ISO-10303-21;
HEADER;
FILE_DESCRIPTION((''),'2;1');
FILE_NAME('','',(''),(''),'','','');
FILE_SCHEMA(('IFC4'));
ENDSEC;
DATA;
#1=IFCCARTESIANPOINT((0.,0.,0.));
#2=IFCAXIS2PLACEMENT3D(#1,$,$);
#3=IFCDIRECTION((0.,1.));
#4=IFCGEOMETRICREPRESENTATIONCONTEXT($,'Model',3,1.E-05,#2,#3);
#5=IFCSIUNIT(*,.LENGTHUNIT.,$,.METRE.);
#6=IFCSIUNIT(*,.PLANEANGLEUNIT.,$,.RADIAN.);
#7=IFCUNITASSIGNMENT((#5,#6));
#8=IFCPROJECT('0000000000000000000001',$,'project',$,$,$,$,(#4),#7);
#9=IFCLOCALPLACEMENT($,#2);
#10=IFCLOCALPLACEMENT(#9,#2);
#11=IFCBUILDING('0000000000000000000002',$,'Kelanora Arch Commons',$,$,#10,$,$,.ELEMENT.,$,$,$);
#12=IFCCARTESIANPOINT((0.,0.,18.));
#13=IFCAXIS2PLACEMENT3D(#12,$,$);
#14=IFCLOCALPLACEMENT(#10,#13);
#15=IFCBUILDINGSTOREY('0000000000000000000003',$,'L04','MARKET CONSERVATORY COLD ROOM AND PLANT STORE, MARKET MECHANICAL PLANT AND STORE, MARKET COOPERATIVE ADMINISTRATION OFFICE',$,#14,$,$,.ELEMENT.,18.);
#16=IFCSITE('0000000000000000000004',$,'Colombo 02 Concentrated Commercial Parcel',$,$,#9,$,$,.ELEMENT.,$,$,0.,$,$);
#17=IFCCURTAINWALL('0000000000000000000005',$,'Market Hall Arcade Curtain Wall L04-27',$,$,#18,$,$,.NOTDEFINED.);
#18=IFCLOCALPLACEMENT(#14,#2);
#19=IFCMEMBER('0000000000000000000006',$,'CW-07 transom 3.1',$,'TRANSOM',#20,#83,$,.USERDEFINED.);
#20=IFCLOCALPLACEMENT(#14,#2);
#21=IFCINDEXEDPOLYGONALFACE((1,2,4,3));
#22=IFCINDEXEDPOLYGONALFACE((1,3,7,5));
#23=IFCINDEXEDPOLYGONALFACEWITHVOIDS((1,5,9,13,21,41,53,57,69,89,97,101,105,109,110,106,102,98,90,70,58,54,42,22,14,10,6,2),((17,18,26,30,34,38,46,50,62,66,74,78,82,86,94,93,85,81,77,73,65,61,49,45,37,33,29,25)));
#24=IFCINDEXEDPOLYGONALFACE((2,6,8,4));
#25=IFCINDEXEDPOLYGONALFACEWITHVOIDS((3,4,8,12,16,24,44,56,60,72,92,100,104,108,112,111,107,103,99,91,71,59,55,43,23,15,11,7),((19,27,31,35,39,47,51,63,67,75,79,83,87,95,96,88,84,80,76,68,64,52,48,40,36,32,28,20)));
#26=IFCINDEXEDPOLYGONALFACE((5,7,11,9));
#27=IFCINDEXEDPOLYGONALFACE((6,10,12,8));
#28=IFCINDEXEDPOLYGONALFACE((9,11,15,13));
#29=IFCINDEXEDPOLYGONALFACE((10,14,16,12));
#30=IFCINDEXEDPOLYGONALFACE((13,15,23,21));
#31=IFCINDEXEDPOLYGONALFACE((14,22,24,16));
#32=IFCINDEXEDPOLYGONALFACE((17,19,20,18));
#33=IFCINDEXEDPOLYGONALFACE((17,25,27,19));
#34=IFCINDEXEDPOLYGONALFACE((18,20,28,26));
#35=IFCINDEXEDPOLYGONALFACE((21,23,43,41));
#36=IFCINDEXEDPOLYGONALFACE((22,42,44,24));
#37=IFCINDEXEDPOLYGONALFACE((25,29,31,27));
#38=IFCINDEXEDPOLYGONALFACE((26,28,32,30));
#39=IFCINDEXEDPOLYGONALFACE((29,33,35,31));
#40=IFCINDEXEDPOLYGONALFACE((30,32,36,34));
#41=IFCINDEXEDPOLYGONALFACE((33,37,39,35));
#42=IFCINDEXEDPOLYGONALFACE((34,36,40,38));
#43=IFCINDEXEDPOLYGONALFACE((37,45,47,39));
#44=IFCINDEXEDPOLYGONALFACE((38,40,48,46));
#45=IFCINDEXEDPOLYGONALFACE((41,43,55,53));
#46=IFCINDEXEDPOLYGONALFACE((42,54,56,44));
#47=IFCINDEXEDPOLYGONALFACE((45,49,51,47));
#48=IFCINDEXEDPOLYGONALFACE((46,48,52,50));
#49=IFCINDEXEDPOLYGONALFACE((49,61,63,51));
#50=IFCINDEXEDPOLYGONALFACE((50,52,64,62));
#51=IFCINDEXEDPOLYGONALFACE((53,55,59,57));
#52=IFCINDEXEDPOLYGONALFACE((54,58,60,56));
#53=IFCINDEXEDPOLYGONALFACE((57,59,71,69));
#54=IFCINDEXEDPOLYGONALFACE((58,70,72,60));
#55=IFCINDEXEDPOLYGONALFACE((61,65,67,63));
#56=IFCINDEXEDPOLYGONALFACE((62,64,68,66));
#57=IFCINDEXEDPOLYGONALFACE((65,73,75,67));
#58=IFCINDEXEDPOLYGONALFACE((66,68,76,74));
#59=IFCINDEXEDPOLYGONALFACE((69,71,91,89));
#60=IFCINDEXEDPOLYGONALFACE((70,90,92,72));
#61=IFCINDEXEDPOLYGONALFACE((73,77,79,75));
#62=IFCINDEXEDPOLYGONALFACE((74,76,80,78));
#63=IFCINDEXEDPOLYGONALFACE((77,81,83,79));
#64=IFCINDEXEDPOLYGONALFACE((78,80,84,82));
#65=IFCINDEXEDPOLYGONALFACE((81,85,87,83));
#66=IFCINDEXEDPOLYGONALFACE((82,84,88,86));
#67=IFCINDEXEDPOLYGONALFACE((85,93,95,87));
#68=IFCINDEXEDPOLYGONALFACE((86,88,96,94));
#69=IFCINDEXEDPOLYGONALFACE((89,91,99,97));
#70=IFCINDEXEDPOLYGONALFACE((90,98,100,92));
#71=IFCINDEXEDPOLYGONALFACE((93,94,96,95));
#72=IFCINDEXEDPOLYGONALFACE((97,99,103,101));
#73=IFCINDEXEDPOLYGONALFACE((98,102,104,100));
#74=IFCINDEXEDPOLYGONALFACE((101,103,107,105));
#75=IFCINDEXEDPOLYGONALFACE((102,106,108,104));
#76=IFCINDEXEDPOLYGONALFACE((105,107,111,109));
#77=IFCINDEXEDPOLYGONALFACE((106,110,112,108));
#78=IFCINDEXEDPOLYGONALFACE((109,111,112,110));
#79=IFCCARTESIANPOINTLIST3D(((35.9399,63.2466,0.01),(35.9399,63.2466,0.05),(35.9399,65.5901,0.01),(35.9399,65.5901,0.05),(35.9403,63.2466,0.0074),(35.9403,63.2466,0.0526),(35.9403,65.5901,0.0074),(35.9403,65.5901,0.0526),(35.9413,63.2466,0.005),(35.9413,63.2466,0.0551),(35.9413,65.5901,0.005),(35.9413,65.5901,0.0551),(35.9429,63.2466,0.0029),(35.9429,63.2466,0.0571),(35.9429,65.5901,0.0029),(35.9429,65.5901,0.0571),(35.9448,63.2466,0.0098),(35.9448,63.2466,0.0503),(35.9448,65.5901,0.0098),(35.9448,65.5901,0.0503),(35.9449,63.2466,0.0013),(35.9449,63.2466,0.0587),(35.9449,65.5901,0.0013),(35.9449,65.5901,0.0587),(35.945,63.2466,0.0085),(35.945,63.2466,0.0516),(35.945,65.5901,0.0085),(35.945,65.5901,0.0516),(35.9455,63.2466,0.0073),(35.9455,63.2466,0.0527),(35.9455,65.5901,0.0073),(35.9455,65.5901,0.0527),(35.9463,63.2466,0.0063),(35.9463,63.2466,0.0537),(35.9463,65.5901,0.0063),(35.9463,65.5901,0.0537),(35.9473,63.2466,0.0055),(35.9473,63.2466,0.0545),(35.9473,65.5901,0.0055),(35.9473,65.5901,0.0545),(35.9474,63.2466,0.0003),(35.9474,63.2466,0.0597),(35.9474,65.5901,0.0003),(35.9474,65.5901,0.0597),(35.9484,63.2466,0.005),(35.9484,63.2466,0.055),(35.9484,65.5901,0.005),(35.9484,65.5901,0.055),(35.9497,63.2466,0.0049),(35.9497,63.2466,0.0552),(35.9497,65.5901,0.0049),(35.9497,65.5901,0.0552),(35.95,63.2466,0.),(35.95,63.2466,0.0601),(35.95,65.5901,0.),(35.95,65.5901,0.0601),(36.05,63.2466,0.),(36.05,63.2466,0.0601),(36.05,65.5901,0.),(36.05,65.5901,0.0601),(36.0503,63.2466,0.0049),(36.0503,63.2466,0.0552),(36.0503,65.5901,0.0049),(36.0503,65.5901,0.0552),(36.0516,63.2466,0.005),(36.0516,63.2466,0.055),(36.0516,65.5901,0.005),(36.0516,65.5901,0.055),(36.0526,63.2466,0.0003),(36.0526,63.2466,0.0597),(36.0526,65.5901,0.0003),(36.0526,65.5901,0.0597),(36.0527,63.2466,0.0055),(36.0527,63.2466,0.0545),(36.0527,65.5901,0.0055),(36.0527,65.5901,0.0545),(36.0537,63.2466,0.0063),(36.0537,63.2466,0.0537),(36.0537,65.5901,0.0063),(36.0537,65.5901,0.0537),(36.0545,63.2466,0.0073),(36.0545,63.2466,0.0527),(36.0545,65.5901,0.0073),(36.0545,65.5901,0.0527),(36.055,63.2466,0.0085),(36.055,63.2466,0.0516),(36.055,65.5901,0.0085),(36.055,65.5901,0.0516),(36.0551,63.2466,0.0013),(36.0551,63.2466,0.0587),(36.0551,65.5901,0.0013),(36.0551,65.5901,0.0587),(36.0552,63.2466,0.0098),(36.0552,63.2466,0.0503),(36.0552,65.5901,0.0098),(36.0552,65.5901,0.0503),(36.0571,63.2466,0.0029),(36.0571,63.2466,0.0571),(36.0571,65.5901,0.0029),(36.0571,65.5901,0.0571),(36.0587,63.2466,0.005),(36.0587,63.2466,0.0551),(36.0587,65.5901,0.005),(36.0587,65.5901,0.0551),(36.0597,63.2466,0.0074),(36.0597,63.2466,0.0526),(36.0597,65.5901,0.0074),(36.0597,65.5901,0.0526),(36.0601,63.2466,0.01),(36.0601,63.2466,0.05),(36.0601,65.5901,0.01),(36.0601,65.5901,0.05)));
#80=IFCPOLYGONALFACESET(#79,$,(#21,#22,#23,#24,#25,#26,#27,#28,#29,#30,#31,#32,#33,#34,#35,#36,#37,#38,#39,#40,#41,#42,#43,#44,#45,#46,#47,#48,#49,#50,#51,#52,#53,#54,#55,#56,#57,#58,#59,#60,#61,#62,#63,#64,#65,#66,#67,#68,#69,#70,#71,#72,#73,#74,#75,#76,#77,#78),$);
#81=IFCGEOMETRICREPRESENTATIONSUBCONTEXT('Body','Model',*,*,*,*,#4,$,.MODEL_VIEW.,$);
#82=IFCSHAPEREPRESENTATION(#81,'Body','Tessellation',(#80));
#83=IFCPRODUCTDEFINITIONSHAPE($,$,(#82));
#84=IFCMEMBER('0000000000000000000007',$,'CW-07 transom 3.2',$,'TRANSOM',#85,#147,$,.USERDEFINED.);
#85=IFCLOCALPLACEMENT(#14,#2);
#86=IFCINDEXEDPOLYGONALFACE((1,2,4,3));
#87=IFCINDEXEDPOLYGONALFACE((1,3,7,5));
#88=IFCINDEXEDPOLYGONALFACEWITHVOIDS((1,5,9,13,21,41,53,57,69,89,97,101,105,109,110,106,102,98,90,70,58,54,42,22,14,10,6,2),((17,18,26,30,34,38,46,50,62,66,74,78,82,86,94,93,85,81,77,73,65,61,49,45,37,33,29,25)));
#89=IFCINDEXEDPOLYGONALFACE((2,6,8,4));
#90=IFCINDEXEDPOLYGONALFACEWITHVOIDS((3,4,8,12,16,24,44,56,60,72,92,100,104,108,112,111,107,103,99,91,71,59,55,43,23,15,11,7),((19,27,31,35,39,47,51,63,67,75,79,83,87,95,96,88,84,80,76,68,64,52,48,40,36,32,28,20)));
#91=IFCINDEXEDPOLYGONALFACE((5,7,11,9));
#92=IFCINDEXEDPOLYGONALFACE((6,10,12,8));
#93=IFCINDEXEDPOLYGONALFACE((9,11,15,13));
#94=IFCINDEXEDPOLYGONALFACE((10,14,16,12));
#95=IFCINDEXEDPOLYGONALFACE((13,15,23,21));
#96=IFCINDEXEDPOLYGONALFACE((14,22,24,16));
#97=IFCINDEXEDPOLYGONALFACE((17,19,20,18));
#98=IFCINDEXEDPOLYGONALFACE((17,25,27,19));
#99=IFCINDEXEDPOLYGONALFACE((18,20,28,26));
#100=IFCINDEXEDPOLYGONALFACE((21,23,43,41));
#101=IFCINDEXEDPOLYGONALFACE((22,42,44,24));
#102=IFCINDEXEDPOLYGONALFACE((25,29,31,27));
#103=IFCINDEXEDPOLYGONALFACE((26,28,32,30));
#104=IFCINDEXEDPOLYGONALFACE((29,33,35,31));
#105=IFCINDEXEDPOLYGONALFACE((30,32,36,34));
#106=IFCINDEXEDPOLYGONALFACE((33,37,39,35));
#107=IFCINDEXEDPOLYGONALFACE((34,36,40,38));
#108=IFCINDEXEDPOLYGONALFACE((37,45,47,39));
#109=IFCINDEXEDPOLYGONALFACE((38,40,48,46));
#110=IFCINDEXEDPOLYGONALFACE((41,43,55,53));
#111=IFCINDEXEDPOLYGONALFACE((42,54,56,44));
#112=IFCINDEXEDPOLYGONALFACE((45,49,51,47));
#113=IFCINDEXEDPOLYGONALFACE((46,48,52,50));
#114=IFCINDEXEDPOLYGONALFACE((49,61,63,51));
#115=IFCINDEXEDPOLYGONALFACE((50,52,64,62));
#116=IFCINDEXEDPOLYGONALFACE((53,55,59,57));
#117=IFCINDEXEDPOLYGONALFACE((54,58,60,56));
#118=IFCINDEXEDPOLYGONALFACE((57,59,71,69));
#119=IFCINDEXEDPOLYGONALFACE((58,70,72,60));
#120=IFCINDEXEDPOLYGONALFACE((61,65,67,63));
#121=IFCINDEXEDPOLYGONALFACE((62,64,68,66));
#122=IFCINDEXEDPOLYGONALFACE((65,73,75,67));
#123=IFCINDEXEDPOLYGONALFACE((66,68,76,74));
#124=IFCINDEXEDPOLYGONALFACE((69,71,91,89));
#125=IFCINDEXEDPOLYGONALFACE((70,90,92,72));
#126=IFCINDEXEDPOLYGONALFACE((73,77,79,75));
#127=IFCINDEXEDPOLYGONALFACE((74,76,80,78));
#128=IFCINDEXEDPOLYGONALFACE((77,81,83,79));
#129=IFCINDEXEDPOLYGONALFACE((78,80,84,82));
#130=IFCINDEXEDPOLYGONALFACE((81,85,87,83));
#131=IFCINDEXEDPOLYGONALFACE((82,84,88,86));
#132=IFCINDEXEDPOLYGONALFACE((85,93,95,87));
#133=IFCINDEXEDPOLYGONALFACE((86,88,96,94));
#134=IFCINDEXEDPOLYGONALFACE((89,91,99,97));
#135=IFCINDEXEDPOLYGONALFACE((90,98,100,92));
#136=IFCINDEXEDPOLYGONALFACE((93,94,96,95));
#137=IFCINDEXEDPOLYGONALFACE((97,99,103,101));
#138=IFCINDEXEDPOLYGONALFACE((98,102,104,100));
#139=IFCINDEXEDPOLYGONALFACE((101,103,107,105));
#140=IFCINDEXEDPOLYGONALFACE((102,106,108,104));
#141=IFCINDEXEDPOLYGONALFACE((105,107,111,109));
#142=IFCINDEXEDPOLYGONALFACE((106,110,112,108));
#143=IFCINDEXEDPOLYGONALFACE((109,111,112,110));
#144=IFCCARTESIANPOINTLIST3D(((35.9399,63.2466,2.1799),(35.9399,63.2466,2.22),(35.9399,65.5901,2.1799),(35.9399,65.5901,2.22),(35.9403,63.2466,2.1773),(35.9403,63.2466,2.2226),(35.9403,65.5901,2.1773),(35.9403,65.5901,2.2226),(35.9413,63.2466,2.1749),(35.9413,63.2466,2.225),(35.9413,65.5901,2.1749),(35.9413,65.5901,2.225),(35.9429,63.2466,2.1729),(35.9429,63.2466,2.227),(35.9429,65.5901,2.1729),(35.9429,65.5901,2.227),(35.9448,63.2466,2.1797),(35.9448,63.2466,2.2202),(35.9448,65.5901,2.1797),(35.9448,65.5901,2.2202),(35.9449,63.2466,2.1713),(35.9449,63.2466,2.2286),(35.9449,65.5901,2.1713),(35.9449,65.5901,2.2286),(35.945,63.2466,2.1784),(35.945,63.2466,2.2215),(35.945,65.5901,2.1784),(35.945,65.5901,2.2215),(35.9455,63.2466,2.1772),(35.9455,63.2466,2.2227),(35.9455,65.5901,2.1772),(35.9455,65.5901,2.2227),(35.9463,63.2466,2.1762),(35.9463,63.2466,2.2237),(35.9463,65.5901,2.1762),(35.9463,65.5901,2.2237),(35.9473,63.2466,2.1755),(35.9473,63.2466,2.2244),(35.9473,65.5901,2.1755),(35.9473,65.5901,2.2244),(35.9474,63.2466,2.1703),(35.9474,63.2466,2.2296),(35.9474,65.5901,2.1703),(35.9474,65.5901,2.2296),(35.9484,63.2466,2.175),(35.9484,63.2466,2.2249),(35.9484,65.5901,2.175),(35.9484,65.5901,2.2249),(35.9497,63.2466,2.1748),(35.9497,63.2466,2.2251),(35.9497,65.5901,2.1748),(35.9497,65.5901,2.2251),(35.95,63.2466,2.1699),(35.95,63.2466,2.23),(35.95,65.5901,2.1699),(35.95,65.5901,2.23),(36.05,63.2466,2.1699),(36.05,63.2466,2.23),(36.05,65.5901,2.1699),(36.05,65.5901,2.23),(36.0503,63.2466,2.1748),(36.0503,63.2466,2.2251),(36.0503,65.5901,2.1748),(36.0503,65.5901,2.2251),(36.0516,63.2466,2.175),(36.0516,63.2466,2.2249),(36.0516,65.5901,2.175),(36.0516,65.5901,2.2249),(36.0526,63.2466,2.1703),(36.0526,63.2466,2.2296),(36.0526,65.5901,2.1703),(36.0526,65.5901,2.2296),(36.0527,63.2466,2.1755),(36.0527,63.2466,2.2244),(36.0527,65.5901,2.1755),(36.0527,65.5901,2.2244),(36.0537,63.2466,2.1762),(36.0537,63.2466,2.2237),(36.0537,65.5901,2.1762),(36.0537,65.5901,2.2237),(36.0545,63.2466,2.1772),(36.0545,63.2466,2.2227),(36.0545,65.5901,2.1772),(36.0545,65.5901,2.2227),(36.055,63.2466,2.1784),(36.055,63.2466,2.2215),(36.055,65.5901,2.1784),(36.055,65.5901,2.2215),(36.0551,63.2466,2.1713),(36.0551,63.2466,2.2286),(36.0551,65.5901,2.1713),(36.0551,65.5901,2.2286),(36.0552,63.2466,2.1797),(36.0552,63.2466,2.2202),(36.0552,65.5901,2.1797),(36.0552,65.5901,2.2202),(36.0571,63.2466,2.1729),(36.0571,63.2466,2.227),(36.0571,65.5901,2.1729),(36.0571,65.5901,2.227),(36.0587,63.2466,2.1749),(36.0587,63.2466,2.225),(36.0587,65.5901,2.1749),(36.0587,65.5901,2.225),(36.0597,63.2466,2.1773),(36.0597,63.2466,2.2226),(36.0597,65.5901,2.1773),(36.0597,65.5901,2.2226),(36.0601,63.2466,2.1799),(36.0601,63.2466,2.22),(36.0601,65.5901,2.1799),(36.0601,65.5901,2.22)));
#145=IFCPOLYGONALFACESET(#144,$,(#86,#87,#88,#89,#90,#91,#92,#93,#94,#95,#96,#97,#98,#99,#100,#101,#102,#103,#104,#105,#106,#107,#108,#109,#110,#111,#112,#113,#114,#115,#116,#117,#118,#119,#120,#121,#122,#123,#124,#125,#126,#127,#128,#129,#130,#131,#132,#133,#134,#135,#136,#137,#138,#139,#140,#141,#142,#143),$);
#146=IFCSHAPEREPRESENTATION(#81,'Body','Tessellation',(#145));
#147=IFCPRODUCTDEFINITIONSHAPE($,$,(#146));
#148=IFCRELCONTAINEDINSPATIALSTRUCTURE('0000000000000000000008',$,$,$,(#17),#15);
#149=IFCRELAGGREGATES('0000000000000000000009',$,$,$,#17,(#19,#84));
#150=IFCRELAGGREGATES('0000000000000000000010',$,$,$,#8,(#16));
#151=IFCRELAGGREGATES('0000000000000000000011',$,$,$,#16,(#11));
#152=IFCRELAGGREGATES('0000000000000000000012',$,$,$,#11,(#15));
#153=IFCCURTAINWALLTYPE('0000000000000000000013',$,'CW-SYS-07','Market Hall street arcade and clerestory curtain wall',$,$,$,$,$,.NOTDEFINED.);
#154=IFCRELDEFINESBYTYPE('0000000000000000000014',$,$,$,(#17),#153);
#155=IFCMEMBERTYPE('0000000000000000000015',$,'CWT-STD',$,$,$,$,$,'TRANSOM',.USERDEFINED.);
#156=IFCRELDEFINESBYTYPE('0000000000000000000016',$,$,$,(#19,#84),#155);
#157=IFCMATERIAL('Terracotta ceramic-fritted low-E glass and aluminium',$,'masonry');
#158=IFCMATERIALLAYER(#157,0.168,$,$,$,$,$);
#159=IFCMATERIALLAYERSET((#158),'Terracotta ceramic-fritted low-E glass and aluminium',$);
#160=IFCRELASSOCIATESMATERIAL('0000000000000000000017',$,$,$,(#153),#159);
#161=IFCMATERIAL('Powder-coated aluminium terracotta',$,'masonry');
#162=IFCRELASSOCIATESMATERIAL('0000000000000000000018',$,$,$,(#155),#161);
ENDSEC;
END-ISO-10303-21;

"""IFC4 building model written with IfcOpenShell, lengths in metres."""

from ifc_helpers import new_model, si_unit, direction, frame, origin, origin_2d, place, context, subcontext, project, spatial, hollow_rectangle, extrude, material, layer, layer_set, material_profile, profile_set, type_object, element, aggregate, save


model = new_model("IFC4")

# Units and contexts
model_context = context("Model", 3, precision=1e-05, world=origin(), true_north=direction((0.0, 1.0)))
body_context = subcontext(model_context, "Body", "Model", "MODEL_VIEW")
ifc_project = project(units=[si_unit("LENGTHUNIT", "METRE"), si_unit("PLANEANGLEUNIT", "RADIAN")], contexts=[model_context])

# Site, building, storey
site_placement = place(None, origin())
site = spatial("IfcSite", under=ifc_project, at=site_placement, Name="Colombo 02 Concentrated Commercial Parcel", CompositionType="ELEMENT", RefElevation=0.0)
building_placement = place(site_placement, origin())
building = spatial("IfcBuilding", under=site, at=building_placement, Name="Kelanora Arch Commons", CompositionType="ELEMENT")
storey_placement = place(building_placement, frame((0.0, 0.0, 18.0)))
storey = spatial("IfcBuildingStorey", under=building, at=storey_placement, Name="L04", Description="MARKET CONSERVATORY COLD ROOM AND PLANT STORE, MARKET MECHANICAL PLANT AND STORE, MARKET COOPERATIVE ADMINISTRATION OFFICE", CompositionType="ELEMENT", Elevation=18.0)

# Curtain wall
ifc_material_1 = material(Name="Terracotta ceramic-fritted low-E glass and aluminium", Category="masonry")
ifc_layer_1 = layer(ifc_material_1, 0.168)
ifc_layer_set_1 = layer_set([ifc_layer_1], Name="Terracotta ceramic-fritted low-E glass and aluminium")
curtain_wall_type_1 = type_object("IfcCurtainWallType", Name="CW-SYS-07", Description="Market Hall street arcade and clerestory curtain wall", PredefinedType="NOTDEFINED", material=ifc_layer_set_1)
curtain_wall_1_placement = place(storey_placement, origin())
curtain_wall_1 = element("IfcCurtainWall", 1, at=curtain_wall_1_placement, inside=storey, type_object=curtain_wall_type_1, Name="Market Hall Arcade Curtain Wall L04-27", PredefinedType="NOTDEFINED")
ifc_material_2 = material(Name="Powder-coated aluminium terracotta", Category="masonry")

# Members
ifc_material_profile_1 = material_profile(ifc_material_2, hollow_rectangle(XDim=0.1201, YDim=0.0601, WallThickness=0.0049, InnerFilletRadius=0.0049, OuterFilletRadius=0.01, at=origin_2d()), Name="CWT120x60")
ifc_profile_set_1 = profile_set([ifc_material_profile_1], Name="Powder-coated aluminium terracotta")
member_type_1 = type_object("IfcMemberType", Name="CWT-STD", ElementType="TRANSOM", PredefinedType="USERDEFINED", material=ifc_profile_set_1)
member_1_placement = place(storey_placement, frame((36.0, 63.2466, 0.03), z_axis=(0.0, 1.0, 0.0), x_axis=(-1.0, 0.0, 0.0)))
member_1 = element("IfcMember", 2, at=member_1_placement, type_object=member_type_1, Name="CW-07 transom 3.1", ObjectType="TRANSOM", PredefinedType="USERDEFINED", context=body_context, shape_type="SweptSolid", body=[
    extrude(hollow_rectangle(XDim=0.1201, YDim=0.0601, WallThickness=0.0049, InnerFilletRadius=0.0049, OuterFilletRadius=0.01, at=origin_2d()), origin(), (0.0, 0.0, 1.0), 2.3435),
])
member_2_placement = place(storey_placement, frame((36.0, 63.2466, 2.2), z_axis=(0.0, 1.0, 0.0), x_axis=(-1.0, 0.0, 0.0)))
member_2 = element("IfcMember", 3, at=member_2_placement, type_object=member_type_1, Name="CW-07 transom 3.2", ObjectType="TRANSOM", PredefinedType="USERDEFINED", context=body_context, shape_type="SweptSolid", body=[
    extrude(hollow_rectangle(XDim=0.1201, YDim=0.0601, WallThickness=0.0049, InnerFilletRadius=0.0049, OuterFilletRadius=0.01, at=origin_2d()), origin(), (0.0, 0.0, 1.0), 2.3435),
])

aggregate(curtain_wall_1, [member_1, member_2])

save(model, "model.ifc")
